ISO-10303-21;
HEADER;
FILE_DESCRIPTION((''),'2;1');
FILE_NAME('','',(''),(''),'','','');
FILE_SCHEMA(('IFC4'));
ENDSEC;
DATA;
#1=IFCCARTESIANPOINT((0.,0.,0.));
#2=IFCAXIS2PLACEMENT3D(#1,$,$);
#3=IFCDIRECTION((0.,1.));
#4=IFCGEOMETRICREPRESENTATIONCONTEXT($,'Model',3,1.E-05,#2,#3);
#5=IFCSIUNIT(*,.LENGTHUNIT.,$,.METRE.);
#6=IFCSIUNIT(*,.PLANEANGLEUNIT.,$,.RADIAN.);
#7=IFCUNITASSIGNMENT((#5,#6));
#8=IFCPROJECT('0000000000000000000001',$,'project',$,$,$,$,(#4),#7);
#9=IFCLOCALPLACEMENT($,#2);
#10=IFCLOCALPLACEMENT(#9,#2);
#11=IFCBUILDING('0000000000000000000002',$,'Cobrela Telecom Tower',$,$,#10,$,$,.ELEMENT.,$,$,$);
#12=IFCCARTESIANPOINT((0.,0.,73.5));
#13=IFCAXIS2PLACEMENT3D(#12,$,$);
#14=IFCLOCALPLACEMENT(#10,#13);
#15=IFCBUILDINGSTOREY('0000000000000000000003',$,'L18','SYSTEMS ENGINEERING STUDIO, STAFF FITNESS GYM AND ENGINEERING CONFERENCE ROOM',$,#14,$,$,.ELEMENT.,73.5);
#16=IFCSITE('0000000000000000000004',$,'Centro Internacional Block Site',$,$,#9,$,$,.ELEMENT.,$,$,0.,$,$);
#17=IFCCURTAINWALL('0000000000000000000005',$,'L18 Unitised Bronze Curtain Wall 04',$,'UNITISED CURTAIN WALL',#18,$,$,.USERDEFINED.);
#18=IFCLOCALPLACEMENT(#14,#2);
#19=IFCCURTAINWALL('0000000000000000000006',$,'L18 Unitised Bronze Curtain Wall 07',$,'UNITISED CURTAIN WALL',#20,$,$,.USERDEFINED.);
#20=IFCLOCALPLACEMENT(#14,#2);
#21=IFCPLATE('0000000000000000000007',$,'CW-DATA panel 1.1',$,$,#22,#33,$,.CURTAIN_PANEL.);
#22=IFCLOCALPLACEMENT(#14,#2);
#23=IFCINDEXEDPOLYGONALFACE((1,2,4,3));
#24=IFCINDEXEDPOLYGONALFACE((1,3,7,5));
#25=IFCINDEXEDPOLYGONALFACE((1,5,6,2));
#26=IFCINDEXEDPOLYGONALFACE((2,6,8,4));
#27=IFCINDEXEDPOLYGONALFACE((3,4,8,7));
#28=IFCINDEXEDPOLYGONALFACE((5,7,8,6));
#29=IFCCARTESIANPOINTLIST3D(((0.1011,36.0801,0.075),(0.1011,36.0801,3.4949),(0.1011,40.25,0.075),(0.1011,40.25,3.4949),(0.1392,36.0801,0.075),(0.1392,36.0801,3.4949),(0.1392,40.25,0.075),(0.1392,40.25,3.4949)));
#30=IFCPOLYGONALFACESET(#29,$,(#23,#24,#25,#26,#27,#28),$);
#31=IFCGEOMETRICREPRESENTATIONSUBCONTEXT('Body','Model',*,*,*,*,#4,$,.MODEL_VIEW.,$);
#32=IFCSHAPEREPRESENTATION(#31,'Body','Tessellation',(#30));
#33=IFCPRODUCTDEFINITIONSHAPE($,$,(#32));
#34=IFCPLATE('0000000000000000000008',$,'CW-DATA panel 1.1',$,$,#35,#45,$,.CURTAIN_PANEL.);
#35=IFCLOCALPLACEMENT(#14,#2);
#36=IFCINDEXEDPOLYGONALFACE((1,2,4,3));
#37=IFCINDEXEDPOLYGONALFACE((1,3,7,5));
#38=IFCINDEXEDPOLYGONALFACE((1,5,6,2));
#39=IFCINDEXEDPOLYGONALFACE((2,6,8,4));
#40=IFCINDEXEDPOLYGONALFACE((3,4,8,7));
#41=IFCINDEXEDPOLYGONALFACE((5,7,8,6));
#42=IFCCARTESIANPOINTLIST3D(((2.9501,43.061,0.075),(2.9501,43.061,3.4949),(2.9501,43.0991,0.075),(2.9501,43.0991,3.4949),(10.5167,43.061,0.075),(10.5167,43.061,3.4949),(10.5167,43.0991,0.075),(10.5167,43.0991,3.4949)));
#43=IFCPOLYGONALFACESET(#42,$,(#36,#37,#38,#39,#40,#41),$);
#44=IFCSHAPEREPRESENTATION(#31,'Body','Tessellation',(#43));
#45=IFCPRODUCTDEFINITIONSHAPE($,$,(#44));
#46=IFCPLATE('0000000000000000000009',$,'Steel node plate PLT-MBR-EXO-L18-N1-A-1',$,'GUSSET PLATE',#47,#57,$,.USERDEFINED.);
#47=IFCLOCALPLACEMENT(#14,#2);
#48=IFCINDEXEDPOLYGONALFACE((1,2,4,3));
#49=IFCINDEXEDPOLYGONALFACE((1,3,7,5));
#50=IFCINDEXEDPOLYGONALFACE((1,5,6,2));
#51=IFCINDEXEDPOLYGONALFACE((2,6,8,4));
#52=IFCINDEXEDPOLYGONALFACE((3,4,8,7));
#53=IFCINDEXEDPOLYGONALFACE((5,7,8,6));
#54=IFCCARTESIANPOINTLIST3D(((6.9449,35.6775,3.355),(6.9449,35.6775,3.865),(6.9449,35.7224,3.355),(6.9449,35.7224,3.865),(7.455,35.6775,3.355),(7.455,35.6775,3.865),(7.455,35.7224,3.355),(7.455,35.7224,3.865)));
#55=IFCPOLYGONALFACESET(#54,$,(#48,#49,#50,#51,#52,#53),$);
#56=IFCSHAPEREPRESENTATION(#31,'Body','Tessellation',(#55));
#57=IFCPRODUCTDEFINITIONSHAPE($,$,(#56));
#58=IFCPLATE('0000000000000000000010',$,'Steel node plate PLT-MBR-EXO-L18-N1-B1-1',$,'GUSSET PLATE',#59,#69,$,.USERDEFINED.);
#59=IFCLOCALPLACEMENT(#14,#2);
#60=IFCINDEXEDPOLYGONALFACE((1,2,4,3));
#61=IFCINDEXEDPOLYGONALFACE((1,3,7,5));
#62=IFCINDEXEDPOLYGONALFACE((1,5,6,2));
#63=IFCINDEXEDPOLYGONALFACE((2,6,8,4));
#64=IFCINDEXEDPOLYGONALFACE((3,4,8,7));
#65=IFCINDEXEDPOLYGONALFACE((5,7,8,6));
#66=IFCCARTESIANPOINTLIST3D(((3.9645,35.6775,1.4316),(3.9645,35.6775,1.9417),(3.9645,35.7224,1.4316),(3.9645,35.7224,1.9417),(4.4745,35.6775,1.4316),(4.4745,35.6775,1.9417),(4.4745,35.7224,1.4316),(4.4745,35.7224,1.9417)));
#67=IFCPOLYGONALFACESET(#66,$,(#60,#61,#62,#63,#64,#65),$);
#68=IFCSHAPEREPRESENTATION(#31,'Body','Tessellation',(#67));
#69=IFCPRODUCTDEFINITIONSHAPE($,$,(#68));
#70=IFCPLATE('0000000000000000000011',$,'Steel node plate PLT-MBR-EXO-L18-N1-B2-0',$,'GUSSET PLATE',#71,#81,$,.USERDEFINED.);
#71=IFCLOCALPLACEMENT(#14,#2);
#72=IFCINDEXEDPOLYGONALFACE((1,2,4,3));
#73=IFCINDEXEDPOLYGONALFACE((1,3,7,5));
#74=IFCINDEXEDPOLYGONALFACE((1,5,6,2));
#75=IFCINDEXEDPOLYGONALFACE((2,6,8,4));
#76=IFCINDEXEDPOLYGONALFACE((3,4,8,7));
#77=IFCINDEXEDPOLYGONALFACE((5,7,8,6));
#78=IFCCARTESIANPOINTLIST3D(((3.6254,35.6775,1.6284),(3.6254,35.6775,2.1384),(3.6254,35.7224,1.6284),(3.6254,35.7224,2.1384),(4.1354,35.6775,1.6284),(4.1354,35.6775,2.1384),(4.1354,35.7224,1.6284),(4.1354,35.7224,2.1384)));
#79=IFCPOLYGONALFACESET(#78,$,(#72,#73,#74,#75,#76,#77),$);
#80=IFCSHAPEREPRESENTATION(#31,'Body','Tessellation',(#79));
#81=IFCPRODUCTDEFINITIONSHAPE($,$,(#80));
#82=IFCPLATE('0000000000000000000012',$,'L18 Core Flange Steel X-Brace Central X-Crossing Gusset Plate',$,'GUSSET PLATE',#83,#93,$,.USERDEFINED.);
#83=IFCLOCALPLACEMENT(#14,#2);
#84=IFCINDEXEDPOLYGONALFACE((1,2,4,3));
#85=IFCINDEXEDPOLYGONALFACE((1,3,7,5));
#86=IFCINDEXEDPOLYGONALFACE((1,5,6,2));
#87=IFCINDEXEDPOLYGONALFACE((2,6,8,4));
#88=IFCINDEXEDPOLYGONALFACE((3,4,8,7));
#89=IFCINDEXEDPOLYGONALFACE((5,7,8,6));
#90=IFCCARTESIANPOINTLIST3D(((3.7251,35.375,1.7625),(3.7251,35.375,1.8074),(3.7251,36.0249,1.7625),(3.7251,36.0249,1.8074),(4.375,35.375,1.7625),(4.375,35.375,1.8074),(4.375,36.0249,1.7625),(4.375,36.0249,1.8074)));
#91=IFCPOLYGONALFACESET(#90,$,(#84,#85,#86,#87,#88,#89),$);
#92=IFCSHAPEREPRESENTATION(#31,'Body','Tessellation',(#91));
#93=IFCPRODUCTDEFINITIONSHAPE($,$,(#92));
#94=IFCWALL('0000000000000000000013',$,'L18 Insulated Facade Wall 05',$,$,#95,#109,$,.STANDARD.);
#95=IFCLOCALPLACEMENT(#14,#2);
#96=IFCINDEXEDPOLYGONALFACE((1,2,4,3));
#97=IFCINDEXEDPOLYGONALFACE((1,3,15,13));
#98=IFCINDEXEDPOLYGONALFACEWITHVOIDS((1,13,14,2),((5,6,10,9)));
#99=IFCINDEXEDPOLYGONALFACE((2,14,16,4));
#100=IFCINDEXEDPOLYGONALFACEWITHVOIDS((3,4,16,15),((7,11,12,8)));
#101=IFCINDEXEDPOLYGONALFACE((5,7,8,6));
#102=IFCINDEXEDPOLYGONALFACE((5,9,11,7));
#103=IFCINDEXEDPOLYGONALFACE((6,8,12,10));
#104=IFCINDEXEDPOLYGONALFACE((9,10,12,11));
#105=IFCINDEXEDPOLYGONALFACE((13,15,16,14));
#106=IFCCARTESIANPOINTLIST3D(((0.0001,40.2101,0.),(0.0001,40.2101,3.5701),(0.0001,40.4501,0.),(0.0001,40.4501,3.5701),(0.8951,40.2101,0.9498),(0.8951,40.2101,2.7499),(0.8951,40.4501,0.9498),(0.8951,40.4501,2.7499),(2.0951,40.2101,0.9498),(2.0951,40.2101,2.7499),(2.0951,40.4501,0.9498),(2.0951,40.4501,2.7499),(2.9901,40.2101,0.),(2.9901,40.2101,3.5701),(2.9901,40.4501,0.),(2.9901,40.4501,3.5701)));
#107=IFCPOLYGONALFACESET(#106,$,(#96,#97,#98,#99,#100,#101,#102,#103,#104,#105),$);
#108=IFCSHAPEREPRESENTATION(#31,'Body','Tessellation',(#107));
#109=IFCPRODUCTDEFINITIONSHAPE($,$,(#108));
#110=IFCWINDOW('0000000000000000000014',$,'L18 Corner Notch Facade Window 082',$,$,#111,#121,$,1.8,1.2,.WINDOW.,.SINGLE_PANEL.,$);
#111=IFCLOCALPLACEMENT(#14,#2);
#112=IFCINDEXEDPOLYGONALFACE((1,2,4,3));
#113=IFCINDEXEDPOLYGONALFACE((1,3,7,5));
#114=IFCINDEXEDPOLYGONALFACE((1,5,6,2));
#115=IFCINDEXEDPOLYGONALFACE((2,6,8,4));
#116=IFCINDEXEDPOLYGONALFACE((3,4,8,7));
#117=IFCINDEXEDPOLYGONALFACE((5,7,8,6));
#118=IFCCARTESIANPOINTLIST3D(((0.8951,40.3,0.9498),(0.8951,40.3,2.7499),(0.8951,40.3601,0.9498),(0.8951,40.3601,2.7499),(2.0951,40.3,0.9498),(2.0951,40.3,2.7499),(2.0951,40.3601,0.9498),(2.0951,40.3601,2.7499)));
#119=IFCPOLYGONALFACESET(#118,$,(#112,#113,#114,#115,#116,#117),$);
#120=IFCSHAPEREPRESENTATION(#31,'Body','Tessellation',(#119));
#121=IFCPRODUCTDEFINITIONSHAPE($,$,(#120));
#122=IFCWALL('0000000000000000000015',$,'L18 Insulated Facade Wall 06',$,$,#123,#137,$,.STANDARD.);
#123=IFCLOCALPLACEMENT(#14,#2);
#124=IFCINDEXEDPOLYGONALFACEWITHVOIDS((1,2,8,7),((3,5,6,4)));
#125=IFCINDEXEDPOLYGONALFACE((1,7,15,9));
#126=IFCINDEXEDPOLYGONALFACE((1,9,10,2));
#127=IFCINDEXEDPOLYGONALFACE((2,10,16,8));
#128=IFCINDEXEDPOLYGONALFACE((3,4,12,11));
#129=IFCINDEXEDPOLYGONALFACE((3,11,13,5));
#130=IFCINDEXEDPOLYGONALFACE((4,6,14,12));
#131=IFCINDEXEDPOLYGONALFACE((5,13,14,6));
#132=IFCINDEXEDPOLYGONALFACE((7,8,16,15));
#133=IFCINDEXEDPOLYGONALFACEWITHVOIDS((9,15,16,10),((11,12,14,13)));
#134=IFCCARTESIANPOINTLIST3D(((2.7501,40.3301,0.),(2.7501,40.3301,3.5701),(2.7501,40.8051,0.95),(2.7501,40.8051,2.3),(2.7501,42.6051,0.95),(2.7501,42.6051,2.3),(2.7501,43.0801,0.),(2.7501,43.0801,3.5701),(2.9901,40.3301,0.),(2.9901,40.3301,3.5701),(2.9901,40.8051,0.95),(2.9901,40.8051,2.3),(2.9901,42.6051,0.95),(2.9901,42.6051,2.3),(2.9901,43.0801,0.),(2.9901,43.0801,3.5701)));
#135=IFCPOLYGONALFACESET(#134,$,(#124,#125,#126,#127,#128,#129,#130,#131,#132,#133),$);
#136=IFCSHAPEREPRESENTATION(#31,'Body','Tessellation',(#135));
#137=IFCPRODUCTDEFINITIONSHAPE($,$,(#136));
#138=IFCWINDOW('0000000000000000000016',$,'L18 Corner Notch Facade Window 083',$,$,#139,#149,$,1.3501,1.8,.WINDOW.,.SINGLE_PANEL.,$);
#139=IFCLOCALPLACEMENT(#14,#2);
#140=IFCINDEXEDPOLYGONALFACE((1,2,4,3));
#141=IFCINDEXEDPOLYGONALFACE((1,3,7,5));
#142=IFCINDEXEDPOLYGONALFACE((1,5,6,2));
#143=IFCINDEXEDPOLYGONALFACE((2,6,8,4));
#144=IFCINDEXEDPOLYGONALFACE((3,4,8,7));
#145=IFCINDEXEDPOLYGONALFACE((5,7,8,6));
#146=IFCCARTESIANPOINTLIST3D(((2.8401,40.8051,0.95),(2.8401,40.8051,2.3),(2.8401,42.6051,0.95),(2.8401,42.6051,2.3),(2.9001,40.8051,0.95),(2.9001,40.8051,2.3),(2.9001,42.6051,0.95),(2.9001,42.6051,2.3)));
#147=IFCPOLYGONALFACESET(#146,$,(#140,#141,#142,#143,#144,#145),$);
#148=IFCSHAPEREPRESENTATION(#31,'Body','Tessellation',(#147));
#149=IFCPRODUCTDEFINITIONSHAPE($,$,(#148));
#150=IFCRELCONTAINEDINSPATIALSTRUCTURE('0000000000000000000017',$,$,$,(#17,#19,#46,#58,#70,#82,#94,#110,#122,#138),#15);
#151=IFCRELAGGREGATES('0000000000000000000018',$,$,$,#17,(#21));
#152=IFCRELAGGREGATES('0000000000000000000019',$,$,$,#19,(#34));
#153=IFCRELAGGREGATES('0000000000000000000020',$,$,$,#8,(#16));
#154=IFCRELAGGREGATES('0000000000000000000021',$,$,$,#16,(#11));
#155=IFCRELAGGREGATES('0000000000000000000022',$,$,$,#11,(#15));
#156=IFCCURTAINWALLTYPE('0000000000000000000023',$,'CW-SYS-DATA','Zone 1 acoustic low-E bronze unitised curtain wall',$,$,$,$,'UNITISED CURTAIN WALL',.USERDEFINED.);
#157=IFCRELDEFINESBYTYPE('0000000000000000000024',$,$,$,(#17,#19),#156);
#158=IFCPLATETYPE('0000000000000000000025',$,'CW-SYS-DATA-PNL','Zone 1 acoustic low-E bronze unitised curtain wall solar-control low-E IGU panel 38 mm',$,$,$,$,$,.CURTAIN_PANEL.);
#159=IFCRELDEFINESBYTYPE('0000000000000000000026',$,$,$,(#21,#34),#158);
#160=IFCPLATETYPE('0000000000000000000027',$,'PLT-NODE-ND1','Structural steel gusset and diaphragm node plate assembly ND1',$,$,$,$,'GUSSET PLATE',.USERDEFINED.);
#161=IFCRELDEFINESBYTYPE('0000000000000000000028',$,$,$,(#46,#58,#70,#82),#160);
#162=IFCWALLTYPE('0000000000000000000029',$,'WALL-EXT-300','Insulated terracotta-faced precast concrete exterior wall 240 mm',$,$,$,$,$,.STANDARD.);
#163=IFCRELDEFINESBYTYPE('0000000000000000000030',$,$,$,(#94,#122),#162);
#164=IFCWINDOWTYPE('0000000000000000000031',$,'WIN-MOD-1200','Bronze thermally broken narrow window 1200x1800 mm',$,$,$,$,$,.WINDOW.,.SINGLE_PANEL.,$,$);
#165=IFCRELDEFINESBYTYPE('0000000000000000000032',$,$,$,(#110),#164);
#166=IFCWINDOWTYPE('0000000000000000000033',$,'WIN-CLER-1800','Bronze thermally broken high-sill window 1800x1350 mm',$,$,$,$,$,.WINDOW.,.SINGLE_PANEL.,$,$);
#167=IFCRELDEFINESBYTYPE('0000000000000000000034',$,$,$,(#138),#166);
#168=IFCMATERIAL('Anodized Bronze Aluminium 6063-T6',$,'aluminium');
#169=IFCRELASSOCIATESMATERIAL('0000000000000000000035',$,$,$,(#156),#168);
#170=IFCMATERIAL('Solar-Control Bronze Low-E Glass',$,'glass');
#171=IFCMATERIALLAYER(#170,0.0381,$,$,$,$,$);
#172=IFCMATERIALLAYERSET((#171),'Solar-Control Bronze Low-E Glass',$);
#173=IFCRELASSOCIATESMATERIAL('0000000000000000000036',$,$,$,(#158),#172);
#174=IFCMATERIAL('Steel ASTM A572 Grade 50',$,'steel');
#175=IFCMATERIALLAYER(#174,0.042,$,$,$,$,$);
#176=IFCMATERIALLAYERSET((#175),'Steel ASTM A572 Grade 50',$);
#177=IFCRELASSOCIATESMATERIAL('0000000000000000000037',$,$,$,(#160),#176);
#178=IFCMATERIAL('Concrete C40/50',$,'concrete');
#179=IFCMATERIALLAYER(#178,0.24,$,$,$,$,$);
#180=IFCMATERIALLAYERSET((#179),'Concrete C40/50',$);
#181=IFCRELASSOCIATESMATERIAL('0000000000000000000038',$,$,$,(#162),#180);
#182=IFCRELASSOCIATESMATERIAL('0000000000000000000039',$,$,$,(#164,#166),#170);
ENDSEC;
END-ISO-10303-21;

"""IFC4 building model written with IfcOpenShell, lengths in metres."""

from ifc_helpers import new_model, si_unit, direction, frame, frame_2d, origin, origin_2d, place, context, subcontext, project, spatial, rectangle, extrude, material, layer, layer_set, type_object, element, fill, aggregate, save


model = new_model("IFC4")

# Units and contexts
model_context = context("Model", 3, precision=1e-05, world=origin(), true_north=direction((0.0, 1.0)))
body_context = subcontext(model_context, "Body", "Model", "MODEL_VIEW")
ifc_project = project(units=[si_unit("LENGTHUNIT", "METRE"), si_unit("PLANEANGLEUNIT", "RADIAN")], contexts=[model_context])

# Site, building, storey
site_placement = place(None, origin())
site = spatial("IfcSite", under=ifc_project, at=site_placement, Name="Centro Internacional Block Site", CompositionType="ELEMENT", RefElevation=0.0)
building_placement = place(site_placement, origin())
building = spatial("IfcBuilding", under=site, at=building_placement, Name="Cobrela Telecom Tower", CompositionType="ELEMENT")
storey_placement = place(building_placement, frame((0.0, 0.0, 73.5)))
storey = spatial("IfcBuildingStorey", under=building, at=storey_placement, Name="L18", Description="SYSTEMS ENGINEERING STUDIO, STAFF FITNESS GYM AND ENGINEERING CONFERENCE ROOM", CompositionType="ELEMENT", Elevation=73.5)

# Shared definitions
ifc_material_1 = material(Name="Steel ASTM A572 Grade 50", Category="steel")

# Curtain wall
ifc_material_2 = material(Name="Anodized Bronze Aluminium 6063-T6", Category="aluminium")
curtain_wall_type = type_object("IfcCurtainWallType", Name="CW-SYS-DATA", Description="Zone 1 acoustic low-E bronze unitised curtain wall", ElementType="UNITISED CURTAIN WALL", PredefinedType="USERDEFINED", material=ifc_material_2)
curtain_wall_1_placement = place(storey_placement, origin())
curtain_wall_1 = element("IfcCurtainWall", 1, at=curtain_wall_1_placement, inside=storey, type_object=curtain_wall_type, Name="L18 Unitised Bronze Curtain Wall 04", ObjectType="UNITISED CURTAIN WALL", PredefinedType="USERDEFINED")

# Curtain wall
curtain_wall_2_placement = place(storey_placement, origin())
curtain_wall_2 = element("IfcCurtainWall", 2, at=curtain_wall_2_placement, inside=storey, type_object=curtain_wall_type, Name="L18 Unitised Bronze Curtain Wall 07", ObjectType="UNITISED CURTAIN WALL", PredefinedType="USERDEFINED")

# Plates
ifc_material_3 = material(Name="Solar-Control Bronze Low-E Glass", Category="glass")
ifc_layer_1 = layer(ifc_material_3, 0.0381)
ifc_layer_set_1 = layer_set([ifc_layer_1], Name="Solar-Control Bronze Low-E Glass")
plate_type_1 = type_object("IfcPlateType", Name="CW-SYS-DATA-PNL", Description="Zone 1 acoustic low-E bronze unitised curtain wall solar-control low-E IGU panel 38 mm", PredefinedType="CURTAIN_PANEL", material=ifc_layer_set_1)
plate_1_placement = place(storey_placement, frame((0.1201, 38.165, 0.075), z_axis=(0.0, 0.0, 1.0), x_axis=(0.0, 1.0, 0.0)))
plate_1 = element("IfcPlate", 3, at=plate_1_placement, type_object=plate_type_1, Name="CW-DATA panel 1.1", PredefinedType="CURTAIN_PANEL", context=body_context, shape_type="SweptSolid", body=[
    extrude(rectangle(XDim=4.1699, YDim=0.0381, at=origin_2d()), origin(), (0.0, 0.0, 1.0), 3.4199),
])
aggregate(curtain_wall_1, [plate_1])
plate_2_placement = place(storey_placement, frame((6.7334, 43.0801, 0.075), z_axis=(0.0, 0.0, 1.0), x_axis=(1.0, 0.0, 0.0)))
plate_2 = element("IfcPlate", 4, at=plate_2_placement, type_object=plate_type_1, Name="CW-DATA panel 1.1", PredefinedType="CURTAIN_PANEL", context=body_context, shape_type="SweptSolid", body=[
    extrude(rectangle(XDim=7.5667, YDim=0.0381, at=origin_2d()), origin(), (0.0, 0.0, 1.0), 3.4199),
])
aggregate(curtain_wall_2, [plate_2])

# Plates
ifc_layer_2 = layer(ifc_material_1, 0.042)
ifc_layer_set_2 = layer_set([ifc_layer_2], Name="Steel ASTM A572 Grade 50")
plate_type_2 = type_object("IfcPlateType", Name="PLT-NODE-ND1", Description="Structural steel gusset and diaphragm node plate assembly ND1", ElementType="GUSSET PLATE", PredefinedType="USERDEFINED", material=ifc_layer_set_2)
for number, where, z_axis, x_axis, name in (
    (5, (7.2, 35.7, 3.355), (0.0, 0.0, 1.0), (1.0, 0.0, 0.0), "Steel node plate PLT-MBR-EXO-L18-N1-A-1"),
    (6, (4.2195, 35.7, 1.4316), (0.0, 0.0, 1.0), (-1.0, 0.0, 0.0), "Steel node plate PLT-MBR-EXO-L18-N1-B1-1"),
    (7, (3.8804, 35.7, 1.6284), (0.0, 0.0, 1.0), (-1.0, 0.0, 0.0), "Steel node plate PLT-MBR-EXO-L18-N1-B2-0"),
):
    element("IfcPlate", number, at=place(storey_placement, frame(where, z_axis=z_axis, x_axis=x_axis)), inside=storey, type_object=plate_type_2, Name=name, ObjectType="GUSSET PLATE", PredefinedType="USERDEFINED", context=body_context, shape_type="SweptSolid", body=[
        extrude(rectangle(XDim=0.51, YDim=0.0449, at=origin_2d()), origin(), (0.0, 0.0, 1.0), 0.51),
    ])
plate_3_placement = place(storey_placement, frame((4.05, 35.7, 1.7625), z_axis=(0.0, 0.0, 1.0), x_axis=(1.0, 0.0, 0.0)))
element("IfcPlate", 8, at=plate_3_placement, inside=storey, type_object=plate_type_2, Name="L18 Core Flange Steel X-Brace Central X-Crossing Gusset Plate", ObjectType="GUSSET PLATE", PredefinedType="USERDEFINED", context=body_context, shape_type="SweptSolid", body=[
    extrude(rectangle(XDim=0.6499, YDim=0.6499, at=origin_2d()), origin(), (0.0, 0.0, 1.0), 0.0449),
])

# Walls, openings, windows
ifc_material_4 = material(Name="Concrete C40/50", Category="concrete")
ifc_layer_3 = layer(ifc_material_4, 0.24)
ifc_layer_set_3 = layer_set([ifc_layer_3], Name="Concrete C40/50")
wall_type = type_object("IfcWallType", Name="WALL-EXT-300", Description="Insulated terracotta-faced precast concrete exterior wall 240 mm", PredefinedType="STANDARD", material=ifc_layer_set_3)
wall_1_placement = place(storey_placement, frame((0.0, 40.3301, 0.0), z_axis=(0.0, 0.0, 1.0), x_axis=(1.0, 0.0, 0.0)))
wall_1 = element("IfcWall", 9, at=wall_1_placement, inside=storey, type_object=wall_type, Name="L18 Insulated Facade Wall 05", PredefinedType="STANDARD", context=body_context, shape_type="SweptSolid", body=[
    extrude(rectangle(XDim=2.99, YDim=0.24, at=frame_2d((1.4951, 0.0))), origin(), (0.0, 0.0, 1.0), 3.5701),
])
opening_1_placement = place(wall_1_placement, frame((0.895, 0.0, 0.95)))
opening_1 = element("IfcOpeningElement", 10, at=opening_1_placement, cuts=wall_1, PredefinedType="OPENING", context=body_context, shape_type="SweptSolid", body=[
    extrude(rectangle(XDim=1.2, YDim=1.8, at=frame_2d((0.6001, 0.8999))), frame((0.0, 0.1318, 0.0), z_axis=(0.0, -1.0, 0.0), x_axis=(1.0, 0.0, 0.0)), (0.0, 0.0, 1.0), 0.2639),
])
window_type_1 = type_object("IfcWindowType", Name="WIN-MOD-1200", Description="Bronze thermally broken narrow window 1200x1800 mm", PartitioningType="SINGLE_PANEL", PredefinedType="WINDOW", material=ifc_material_3)
window_1_placement = place(opening_1_placement, origin())
window_1 = element("IfcWindow", 11, at=window_1_placement, inside=storey, type_object=window_type_1, Name="L18 Corner Notch Facade Window 082", OverallHeight=1.8, OverallWidth=1.2, PartitioningType="SINGLE_PANEL", PredefinedType="WINDOW", context=body_context, shape_type="SweptSolid", body=[
    extrude(rectangle(XDim=1.2, YDim=1.8, at=frame_2d((0.6001, 0.8999))), frame((0.0, 0.03, 0.0), z_axis=(0.0, -1.0, 0.0), x_axis=(1.0, 0.0, 0.0)), (0.0, 0.0, 1.0), 0.0601),
])
fill(opening_1, window_1)
wall_2_placement = place(storey_placement, frame((2.8701, 40.3301, 0.0), z_axis=(0.0, 0.0, 1.0), x_axis=(0.0, 1.0, 0.0)))
wall_2 = element("IfcWall", 12, at=wall_2_placement, inside=storey, type_object=wall_type, Name="L18 Insulated Facade Wall 06", PredefinedType="STANDARD", context=body_context, shape_type="SweptSolid", body=[
    extrude(rectangle(XDim=2.75, YDim=0.24, at=frame_2d((1.375, 0.0))), origin(), (0.0, 0.0, 1.0), 3.5701),
])
opening_2_placement = place(wall_2_placement, frame((0.4751, 0.0, 0.95)))
opening_2 = element("IfcOpeningElement", 13, at=opening_2_placement, cuts=wall_2, PredefinedType="OPENING", context=body_context, shape_type="SweptSolid", body=[
    extrude(rectangle(XDim=1.8, YDim=1.3501, at=frame_2d((0.8999, 0.675))), frame((0.0, 0.1318, 0.0), z_axis=(0.0, -1.0, 0.0), x_axis=(1.0, 0.0, 0.0)), (0.0, 0.0, 1.0), 0.2639),
])
window_type_2 = type_object("IfcWindowType", Name="WIN-CLER-1800", Description="Bronze thermally broken high-sill window 1800x1350 mm", PartitioningType="SINGLE_PANEL", PredefinedType="WINDOW", material=ifc_material_3)
window_2_placement = place(opening_2_placement, origin())
window_2 = element("IfcWindow", 14, at=window_2_placement, inside=storey, type_object=window_type_2, Name="L18 Corner Notch Facade Window 083", OverallHeight=1.3501, OverallWidth=1.8, PartitioningType="SINGLE_PANEL", PredefinedType="WINDOW", context=body_context, shape_type="SweptSolid", body=[
    extrude(rectangle(XDim=1.8, YDim=1.3501, at=frame_2d((0.8999, 0.675))), frame((0.0, 0.03, 0.0), z_axis=(0.0, -1.0, 0.0), x_axis=(1.0, 0.0, 0.0)), (0.0, 0.0, 1.0), 0.0601),
])
fill(opening_2, window_2)

save(model, "model.ifc")
